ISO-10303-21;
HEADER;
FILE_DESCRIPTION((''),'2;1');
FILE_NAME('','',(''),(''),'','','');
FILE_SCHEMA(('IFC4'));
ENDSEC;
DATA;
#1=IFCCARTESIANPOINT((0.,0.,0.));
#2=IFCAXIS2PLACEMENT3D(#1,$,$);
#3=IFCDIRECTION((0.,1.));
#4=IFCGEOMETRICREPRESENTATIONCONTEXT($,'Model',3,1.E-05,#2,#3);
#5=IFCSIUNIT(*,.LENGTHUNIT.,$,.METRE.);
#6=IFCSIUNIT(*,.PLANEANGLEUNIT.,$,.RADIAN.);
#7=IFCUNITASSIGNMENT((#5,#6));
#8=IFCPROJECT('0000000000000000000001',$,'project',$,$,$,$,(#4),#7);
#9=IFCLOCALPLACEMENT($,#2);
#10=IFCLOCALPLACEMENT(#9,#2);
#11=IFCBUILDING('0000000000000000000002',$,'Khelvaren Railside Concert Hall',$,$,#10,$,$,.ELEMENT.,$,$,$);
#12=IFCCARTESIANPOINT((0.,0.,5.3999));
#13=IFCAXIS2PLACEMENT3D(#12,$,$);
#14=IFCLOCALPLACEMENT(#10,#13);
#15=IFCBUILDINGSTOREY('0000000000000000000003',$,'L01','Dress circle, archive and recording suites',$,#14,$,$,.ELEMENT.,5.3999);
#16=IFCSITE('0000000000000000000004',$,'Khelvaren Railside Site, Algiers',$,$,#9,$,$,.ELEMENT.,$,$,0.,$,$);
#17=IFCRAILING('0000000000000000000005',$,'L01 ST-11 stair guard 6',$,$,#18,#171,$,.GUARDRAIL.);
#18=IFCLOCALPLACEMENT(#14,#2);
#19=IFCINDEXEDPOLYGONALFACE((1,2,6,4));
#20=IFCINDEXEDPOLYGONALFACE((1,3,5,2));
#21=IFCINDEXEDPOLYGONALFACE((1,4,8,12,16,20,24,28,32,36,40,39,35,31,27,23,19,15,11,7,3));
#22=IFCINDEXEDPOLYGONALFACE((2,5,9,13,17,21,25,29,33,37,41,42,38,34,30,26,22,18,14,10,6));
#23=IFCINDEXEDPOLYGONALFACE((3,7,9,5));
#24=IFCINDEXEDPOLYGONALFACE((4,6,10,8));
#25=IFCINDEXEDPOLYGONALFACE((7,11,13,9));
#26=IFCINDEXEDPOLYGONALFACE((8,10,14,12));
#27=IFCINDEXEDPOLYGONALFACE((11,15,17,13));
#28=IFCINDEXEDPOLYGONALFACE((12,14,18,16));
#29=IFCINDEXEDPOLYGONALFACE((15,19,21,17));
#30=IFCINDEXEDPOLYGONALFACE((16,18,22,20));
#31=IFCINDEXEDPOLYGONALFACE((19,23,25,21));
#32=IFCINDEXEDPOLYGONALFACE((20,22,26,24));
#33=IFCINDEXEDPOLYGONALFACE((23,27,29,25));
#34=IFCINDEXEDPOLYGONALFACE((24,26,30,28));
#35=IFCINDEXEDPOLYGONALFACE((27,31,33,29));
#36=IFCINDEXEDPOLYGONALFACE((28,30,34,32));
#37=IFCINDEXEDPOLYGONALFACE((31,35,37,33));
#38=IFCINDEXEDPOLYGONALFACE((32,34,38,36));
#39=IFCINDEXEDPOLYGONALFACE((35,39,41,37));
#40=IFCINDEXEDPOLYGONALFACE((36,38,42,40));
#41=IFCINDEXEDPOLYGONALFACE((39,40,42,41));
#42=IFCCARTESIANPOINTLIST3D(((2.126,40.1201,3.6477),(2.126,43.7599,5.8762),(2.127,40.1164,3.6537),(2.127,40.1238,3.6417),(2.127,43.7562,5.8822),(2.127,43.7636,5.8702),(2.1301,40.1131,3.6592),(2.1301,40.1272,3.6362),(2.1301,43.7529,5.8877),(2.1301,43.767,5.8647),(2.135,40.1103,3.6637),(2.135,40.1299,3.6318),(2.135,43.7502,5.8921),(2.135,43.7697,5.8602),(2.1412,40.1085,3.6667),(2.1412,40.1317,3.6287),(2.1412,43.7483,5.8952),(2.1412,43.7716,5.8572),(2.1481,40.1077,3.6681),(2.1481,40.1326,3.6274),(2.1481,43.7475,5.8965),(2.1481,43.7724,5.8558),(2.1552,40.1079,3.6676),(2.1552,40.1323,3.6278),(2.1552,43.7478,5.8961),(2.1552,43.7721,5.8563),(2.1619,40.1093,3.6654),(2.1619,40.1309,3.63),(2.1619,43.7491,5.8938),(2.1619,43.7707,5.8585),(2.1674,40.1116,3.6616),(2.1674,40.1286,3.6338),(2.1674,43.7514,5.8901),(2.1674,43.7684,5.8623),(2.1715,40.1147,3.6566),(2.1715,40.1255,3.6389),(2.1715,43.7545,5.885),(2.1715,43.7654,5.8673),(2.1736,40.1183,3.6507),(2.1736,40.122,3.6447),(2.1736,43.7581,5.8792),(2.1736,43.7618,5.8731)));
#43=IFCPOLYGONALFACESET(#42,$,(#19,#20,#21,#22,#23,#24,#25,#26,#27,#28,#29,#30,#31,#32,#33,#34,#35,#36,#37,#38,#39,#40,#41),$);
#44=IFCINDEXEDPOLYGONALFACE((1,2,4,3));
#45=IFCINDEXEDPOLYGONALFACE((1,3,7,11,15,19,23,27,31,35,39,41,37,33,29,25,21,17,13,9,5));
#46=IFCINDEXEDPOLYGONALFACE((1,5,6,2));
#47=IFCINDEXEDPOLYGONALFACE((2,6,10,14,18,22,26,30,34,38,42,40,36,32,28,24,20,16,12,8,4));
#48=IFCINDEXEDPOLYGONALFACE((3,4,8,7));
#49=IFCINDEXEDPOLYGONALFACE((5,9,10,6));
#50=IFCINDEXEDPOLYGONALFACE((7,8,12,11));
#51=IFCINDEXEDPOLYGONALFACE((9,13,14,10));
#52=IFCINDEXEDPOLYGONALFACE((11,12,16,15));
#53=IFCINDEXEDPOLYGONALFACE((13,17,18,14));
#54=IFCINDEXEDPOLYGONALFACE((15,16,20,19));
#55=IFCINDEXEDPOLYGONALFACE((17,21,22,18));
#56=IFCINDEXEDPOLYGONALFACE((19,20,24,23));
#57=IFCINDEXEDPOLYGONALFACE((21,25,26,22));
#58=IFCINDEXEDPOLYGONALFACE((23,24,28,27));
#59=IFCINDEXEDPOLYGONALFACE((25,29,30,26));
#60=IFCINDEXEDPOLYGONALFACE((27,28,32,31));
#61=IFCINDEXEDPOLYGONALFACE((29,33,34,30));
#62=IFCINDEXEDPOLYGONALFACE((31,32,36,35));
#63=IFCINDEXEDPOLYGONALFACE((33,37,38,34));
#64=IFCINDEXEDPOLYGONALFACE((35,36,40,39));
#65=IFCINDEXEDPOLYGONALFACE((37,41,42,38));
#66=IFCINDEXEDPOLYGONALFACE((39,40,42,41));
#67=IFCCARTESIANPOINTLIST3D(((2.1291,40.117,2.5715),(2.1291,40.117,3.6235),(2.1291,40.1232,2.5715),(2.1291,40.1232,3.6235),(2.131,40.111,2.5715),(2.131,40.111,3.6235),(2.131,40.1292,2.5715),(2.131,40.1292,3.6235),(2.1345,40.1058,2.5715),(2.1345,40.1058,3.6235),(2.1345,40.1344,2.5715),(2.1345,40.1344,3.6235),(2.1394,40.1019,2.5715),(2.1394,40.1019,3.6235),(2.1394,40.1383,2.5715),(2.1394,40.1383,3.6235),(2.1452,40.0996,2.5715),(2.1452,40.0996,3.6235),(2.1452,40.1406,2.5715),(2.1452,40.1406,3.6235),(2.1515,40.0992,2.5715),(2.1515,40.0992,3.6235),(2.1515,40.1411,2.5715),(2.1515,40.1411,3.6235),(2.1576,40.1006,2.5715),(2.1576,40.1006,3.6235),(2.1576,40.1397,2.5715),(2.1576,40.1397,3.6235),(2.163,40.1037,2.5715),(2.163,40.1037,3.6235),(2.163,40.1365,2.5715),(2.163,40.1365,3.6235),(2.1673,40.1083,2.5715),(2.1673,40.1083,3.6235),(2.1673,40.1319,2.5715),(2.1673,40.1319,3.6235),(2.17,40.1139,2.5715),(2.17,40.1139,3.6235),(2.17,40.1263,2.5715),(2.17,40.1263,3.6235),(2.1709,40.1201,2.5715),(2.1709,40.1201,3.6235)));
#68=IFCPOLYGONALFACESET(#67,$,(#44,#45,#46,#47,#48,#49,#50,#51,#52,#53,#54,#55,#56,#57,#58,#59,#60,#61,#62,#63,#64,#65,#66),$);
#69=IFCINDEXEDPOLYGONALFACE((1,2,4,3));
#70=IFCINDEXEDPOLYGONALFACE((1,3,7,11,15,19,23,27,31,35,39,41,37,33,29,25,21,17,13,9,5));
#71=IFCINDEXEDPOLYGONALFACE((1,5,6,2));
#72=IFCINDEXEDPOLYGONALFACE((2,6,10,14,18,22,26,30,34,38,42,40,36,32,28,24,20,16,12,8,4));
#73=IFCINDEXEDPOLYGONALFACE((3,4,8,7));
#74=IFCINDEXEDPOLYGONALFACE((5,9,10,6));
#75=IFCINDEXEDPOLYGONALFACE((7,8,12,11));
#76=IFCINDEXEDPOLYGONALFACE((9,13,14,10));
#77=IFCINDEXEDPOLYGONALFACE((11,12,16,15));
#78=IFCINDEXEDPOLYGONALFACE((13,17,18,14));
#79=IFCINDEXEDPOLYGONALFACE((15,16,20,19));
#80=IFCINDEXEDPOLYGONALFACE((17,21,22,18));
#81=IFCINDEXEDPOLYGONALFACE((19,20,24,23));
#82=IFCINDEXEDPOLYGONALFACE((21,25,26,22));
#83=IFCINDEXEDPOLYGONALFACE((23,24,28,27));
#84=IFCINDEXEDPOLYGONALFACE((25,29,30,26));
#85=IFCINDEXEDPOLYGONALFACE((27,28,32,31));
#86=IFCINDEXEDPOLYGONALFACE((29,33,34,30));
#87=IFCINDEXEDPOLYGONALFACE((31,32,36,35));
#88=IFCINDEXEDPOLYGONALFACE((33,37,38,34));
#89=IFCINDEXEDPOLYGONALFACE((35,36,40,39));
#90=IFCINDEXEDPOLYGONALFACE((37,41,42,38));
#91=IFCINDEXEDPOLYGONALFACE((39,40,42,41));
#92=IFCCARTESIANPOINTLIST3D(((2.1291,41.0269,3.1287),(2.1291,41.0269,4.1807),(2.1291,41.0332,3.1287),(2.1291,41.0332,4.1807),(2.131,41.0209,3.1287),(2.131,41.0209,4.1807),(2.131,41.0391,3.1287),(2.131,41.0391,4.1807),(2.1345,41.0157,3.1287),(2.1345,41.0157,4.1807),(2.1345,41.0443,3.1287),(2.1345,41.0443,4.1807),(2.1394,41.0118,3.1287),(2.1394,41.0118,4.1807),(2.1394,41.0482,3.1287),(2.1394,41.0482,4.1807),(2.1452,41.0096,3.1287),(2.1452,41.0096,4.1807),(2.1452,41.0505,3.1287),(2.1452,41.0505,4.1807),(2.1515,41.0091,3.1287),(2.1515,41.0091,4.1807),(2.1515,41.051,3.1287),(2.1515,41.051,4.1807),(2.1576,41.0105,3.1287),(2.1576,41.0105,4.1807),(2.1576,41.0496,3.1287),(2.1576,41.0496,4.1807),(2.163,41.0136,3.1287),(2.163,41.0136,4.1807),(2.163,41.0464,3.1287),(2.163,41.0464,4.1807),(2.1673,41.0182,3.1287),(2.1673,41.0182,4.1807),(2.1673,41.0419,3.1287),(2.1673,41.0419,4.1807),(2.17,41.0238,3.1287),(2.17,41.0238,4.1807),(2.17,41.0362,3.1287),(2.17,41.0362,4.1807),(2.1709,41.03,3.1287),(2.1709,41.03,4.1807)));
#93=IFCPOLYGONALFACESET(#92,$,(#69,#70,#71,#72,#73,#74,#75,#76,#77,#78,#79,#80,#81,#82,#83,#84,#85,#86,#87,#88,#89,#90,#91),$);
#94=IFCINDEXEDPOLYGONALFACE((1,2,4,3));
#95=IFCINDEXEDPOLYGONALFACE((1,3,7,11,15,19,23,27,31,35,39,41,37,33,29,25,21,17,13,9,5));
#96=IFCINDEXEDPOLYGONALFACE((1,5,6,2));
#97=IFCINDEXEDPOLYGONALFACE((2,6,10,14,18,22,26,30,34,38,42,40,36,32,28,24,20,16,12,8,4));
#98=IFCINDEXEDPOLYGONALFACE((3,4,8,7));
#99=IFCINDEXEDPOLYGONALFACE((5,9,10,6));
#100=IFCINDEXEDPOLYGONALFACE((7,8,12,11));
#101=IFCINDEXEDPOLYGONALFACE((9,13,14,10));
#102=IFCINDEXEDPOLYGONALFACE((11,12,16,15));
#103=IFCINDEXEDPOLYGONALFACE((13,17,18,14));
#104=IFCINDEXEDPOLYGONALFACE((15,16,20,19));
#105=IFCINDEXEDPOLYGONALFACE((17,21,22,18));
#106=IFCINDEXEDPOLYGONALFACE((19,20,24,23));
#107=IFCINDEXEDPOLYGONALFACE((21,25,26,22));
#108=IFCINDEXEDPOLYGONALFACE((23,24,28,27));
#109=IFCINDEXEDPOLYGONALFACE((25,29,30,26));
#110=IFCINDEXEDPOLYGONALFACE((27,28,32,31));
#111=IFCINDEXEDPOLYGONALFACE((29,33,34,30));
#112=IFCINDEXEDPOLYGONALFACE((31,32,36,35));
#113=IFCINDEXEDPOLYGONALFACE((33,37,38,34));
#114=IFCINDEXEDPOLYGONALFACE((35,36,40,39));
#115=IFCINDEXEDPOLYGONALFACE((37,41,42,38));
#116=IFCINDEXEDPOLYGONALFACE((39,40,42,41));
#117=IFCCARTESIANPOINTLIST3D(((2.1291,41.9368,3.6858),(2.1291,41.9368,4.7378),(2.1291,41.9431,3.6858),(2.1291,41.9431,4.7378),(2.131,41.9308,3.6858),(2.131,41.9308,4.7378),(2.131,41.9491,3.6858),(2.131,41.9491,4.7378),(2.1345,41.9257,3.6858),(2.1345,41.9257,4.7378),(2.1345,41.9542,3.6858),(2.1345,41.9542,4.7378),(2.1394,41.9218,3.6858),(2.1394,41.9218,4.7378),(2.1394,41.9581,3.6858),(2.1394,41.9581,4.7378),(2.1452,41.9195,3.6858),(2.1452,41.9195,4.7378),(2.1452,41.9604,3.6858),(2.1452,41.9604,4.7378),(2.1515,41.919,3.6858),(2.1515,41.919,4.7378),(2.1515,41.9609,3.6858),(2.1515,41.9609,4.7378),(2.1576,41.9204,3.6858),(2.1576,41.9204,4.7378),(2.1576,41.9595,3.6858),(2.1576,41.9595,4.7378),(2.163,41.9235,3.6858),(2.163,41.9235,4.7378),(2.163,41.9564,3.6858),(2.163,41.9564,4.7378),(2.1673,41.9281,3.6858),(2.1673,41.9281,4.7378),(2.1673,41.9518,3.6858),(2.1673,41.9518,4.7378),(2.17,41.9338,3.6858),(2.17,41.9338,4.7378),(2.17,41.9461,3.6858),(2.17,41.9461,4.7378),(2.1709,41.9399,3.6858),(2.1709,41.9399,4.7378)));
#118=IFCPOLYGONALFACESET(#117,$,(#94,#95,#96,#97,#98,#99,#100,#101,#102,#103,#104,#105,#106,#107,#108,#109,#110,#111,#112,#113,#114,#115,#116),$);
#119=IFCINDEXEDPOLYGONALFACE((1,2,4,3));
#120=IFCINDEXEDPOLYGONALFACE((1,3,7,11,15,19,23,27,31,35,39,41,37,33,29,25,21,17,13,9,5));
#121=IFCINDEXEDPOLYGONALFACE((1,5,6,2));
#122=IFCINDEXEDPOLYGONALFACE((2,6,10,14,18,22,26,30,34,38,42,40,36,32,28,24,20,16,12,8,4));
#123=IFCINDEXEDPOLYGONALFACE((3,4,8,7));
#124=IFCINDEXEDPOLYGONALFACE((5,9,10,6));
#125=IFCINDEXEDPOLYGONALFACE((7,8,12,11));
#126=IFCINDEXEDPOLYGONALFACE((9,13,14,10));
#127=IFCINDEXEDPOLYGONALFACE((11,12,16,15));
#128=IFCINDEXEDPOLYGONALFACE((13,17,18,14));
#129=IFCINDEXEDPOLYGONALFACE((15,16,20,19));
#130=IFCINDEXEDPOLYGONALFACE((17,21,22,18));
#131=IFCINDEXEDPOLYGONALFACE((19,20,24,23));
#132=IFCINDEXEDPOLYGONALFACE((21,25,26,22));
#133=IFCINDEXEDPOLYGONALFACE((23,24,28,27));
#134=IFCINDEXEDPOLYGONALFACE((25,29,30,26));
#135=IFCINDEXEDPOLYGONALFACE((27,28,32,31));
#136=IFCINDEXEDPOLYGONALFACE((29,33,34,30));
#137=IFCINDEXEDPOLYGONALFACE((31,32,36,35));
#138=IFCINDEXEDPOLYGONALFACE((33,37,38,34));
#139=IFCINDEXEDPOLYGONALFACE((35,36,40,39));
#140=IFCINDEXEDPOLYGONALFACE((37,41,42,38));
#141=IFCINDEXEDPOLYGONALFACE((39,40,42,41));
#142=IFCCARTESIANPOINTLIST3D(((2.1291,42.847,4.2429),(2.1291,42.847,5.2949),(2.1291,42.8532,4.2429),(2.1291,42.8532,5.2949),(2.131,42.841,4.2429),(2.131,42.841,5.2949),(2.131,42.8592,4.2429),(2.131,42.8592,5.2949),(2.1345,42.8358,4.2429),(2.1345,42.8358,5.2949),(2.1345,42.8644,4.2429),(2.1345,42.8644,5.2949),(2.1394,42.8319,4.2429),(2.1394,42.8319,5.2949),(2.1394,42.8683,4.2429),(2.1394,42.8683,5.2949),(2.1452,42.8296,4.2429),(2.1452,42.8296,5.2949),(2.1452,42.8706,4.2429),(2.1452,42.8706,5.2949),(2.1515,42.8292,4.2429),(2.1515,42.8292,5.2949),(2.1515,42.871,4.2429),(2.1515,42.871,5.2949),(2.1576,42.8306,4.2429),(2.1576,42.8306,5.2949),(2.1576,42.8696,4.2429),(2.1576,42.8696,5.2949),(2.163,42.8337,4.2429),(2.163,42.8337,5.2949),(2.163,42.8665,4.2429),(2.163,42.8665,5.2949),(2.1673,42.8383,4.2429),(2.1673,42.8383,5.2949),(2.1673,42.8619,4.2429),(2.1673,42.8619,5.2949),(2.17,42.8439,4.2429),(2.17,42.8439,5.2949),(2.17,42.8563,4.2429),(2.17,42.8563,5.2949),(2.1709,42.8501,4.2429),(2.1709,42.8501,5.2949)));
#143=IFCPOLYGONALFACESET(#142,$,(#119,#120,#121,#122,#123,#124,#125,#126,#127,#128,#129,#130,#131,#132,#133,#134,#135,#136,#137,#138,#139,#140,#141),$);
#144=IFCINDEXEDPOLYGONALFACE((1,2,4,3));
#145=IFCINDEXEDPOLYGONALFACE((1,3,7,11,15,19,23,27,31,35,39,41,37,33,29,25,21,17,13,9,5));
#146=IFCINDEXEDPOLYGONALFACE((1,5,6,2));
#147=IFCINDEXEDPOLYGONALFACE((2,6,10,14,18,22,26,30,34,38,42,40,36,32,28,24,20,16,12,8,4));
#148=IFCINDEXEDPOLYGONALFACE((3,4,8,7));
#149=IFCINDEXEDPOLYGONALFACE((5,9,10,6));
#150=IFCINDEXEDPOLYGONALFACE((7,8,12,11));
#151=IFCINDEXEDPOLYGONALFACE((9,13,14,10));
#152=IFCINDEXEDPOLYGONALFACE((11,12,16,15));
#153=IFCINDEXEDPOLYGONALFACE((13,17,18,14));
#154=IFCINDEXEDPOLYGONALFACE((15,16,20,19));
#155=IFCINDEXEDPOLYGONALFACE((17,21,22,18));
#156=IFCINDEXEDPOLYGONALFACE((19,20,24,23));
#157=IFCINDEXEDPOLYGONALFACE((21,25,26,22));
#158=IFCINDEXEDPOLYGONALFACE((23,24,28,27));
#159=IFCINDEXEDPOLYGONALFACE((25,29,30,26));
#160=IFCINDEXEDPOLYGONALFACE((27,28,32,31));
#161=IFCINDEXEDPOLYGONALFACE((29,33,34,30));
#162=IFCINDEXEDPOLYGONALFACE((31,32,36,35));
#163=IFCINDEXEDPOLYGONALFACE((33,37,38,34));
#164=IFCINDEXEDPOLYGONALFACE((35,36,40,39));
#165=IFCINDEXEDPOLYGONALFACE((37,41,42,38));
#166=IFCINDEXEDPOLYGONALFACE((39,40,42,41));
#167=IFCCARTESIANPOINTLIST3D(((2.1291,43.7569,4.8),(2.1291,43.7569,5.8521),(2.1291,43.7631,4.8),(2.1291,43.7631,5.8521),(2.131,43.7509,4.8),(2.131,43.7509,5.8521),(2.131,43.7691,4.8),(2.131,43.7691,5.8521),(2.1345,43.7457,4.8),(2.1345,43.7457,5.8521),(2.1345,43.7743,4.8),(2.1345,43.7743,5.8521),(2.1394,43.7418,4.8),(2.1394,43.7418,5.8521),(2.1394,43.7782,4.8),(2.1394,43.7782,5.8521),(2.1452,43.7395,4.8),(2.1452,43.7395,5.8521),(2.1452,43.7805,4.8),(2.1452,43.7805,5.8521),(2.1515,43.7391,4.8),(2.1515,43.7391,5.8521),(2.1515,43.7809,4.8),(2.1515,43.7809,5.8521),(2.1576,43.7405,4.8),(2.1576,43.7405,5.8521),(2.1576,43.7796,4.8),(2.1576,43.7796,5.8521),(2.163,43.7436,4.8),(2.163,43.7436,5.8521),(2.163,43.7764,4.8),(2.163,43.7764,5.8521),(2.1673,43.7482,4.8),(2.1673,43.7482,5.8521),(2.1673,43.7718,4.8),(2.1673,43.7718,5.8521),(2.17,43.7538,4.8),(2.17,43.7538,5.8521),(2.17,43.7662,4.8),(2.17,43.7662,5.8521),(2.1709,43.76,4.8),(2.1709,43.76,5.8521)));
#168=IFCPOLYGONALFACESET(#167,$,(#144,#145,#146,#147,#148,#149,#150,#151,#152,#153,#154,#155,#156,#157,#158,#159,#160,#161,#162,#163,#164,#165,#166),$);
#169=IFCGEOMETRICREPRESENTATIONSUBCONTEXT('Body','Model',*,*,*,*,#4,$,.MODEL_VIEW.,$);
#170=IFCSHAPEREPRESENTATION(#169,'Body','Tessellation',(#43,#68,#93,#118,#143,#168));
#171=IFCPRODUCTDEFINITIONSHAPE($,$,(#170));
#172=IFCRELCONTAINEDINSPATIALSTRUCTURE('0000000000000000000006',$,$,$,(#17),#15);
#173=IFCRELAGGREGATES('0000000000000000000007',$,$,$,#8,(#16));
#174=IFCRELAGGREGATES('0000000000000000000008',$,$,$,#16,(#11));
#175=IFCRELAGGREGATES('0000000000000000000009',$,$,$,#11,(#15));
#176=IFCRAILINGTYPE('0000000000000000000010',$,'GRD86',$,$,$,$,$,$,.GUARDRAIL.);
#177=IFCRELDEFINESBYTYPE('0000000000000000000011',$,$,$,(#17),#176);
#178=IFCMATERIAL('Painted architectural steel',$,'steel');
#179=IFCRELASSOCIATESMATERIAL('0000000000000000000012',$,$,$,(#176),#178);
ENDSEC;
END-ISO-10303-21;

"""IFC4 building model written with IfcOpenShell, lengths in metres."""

from ifc_helpers import new_model, si_unit, direction, frame, origin, origin_2d, place, context, subcontext, project, spatial, circle, extrude, material, type_object, element, save


model = new_model("IFC4")

# Units and contexts
model_context = context("Model", 3, precision=1e-05, world=origin(), true_north=direction((0.0, 1.0)))
body_context = subcontext(model_context, "Body", "Model", "MODEL_VIEW")
ifc_project = project(units=[si_unit("LENGTHUNIT", "METRE"), si_unit("PLANEANGLEUNIT", "RADIAN")], contexts=[model_context])

# Site, building, storey
site_placement = place(None, origin())
site = spatial("IfcSite", under=ifc_project, at=site_placement, Name="Khelvaren Railside Site, Algiers", CompositionType="ELEMENT", RefElevation=0.0)
building_placement = place(site_placement, origin())
building = spatial("IfcBuilding", under=site, at=building_placement, Name="Khelvaren Railside Concert Hall", CompositionType="ELEMENT")
storey_placement = place(building_placement, frame((0.0, 0.0, 5.3999)))
storey = spatial("IfcBuildingStorey", under=building, at=storey_placement, Name="L01", Description="Dress circle, archive and recording suites", CompositionType="ELEMENT", Elevation=5.3999)

# Railing
ifc_material_1 = material(Name="Painted architectural steel", Category="steel")
railing_type_1 = type_object("IfcRailingType", Name="GRD86", PredefinedType="GUARDRAIL", material=ifc_material_1)
railing_1_placement = place(storey_placement, frame((2.1499, 40.1201, 2.5715)))
element("IfcRailing", 1, at=railing_1_placement, inside=storey, type_object=railing_type_1, Name="L01 ST-11 stair guard 6", PredefinedType="GUARDRAIL", context=body_context, shape_type="SweptSolid", body=[
    extrude(circle(Radius=0.0239, at=origin_2d()), frame((0.0, 0.0, 1.0762), z_axis=(0.0, 0.85285, 0.522156), x_axis=(-1.0, 0.0, 0.0)), (0.0, 0.0, 1.0), 4.2678),
    extrude(circle(Radius=0.021, at=origin_2d()), origin(), (0.0, 0.0, 1.0), 1.052),
    extrude(circle(Radius=0.021, at=origin_2d()), frame((0.0, 0.9099, 0.5571)), (0.0, 0.0, 1.0), 1.052),
    extrude(circle(Radius=0.021, at=origin_2d()), frame((0.0, 1.8198, 1.1143)), (0.0, 0.0, 1.0), 1.052),
    extrude(circle(Radius=0.021, at=origin_2d()), frame((0.0, 2.73, 1.6714)), (0.0, 0.0, 1.0), 1.052),
    extrude(circle(Radius=0.021, at=origin_2d()), frame((0.0, 3.6399, 2.2285)), (0.0, 0.0, 1.0), 1.052),
])

save(model, "model.ifc")
